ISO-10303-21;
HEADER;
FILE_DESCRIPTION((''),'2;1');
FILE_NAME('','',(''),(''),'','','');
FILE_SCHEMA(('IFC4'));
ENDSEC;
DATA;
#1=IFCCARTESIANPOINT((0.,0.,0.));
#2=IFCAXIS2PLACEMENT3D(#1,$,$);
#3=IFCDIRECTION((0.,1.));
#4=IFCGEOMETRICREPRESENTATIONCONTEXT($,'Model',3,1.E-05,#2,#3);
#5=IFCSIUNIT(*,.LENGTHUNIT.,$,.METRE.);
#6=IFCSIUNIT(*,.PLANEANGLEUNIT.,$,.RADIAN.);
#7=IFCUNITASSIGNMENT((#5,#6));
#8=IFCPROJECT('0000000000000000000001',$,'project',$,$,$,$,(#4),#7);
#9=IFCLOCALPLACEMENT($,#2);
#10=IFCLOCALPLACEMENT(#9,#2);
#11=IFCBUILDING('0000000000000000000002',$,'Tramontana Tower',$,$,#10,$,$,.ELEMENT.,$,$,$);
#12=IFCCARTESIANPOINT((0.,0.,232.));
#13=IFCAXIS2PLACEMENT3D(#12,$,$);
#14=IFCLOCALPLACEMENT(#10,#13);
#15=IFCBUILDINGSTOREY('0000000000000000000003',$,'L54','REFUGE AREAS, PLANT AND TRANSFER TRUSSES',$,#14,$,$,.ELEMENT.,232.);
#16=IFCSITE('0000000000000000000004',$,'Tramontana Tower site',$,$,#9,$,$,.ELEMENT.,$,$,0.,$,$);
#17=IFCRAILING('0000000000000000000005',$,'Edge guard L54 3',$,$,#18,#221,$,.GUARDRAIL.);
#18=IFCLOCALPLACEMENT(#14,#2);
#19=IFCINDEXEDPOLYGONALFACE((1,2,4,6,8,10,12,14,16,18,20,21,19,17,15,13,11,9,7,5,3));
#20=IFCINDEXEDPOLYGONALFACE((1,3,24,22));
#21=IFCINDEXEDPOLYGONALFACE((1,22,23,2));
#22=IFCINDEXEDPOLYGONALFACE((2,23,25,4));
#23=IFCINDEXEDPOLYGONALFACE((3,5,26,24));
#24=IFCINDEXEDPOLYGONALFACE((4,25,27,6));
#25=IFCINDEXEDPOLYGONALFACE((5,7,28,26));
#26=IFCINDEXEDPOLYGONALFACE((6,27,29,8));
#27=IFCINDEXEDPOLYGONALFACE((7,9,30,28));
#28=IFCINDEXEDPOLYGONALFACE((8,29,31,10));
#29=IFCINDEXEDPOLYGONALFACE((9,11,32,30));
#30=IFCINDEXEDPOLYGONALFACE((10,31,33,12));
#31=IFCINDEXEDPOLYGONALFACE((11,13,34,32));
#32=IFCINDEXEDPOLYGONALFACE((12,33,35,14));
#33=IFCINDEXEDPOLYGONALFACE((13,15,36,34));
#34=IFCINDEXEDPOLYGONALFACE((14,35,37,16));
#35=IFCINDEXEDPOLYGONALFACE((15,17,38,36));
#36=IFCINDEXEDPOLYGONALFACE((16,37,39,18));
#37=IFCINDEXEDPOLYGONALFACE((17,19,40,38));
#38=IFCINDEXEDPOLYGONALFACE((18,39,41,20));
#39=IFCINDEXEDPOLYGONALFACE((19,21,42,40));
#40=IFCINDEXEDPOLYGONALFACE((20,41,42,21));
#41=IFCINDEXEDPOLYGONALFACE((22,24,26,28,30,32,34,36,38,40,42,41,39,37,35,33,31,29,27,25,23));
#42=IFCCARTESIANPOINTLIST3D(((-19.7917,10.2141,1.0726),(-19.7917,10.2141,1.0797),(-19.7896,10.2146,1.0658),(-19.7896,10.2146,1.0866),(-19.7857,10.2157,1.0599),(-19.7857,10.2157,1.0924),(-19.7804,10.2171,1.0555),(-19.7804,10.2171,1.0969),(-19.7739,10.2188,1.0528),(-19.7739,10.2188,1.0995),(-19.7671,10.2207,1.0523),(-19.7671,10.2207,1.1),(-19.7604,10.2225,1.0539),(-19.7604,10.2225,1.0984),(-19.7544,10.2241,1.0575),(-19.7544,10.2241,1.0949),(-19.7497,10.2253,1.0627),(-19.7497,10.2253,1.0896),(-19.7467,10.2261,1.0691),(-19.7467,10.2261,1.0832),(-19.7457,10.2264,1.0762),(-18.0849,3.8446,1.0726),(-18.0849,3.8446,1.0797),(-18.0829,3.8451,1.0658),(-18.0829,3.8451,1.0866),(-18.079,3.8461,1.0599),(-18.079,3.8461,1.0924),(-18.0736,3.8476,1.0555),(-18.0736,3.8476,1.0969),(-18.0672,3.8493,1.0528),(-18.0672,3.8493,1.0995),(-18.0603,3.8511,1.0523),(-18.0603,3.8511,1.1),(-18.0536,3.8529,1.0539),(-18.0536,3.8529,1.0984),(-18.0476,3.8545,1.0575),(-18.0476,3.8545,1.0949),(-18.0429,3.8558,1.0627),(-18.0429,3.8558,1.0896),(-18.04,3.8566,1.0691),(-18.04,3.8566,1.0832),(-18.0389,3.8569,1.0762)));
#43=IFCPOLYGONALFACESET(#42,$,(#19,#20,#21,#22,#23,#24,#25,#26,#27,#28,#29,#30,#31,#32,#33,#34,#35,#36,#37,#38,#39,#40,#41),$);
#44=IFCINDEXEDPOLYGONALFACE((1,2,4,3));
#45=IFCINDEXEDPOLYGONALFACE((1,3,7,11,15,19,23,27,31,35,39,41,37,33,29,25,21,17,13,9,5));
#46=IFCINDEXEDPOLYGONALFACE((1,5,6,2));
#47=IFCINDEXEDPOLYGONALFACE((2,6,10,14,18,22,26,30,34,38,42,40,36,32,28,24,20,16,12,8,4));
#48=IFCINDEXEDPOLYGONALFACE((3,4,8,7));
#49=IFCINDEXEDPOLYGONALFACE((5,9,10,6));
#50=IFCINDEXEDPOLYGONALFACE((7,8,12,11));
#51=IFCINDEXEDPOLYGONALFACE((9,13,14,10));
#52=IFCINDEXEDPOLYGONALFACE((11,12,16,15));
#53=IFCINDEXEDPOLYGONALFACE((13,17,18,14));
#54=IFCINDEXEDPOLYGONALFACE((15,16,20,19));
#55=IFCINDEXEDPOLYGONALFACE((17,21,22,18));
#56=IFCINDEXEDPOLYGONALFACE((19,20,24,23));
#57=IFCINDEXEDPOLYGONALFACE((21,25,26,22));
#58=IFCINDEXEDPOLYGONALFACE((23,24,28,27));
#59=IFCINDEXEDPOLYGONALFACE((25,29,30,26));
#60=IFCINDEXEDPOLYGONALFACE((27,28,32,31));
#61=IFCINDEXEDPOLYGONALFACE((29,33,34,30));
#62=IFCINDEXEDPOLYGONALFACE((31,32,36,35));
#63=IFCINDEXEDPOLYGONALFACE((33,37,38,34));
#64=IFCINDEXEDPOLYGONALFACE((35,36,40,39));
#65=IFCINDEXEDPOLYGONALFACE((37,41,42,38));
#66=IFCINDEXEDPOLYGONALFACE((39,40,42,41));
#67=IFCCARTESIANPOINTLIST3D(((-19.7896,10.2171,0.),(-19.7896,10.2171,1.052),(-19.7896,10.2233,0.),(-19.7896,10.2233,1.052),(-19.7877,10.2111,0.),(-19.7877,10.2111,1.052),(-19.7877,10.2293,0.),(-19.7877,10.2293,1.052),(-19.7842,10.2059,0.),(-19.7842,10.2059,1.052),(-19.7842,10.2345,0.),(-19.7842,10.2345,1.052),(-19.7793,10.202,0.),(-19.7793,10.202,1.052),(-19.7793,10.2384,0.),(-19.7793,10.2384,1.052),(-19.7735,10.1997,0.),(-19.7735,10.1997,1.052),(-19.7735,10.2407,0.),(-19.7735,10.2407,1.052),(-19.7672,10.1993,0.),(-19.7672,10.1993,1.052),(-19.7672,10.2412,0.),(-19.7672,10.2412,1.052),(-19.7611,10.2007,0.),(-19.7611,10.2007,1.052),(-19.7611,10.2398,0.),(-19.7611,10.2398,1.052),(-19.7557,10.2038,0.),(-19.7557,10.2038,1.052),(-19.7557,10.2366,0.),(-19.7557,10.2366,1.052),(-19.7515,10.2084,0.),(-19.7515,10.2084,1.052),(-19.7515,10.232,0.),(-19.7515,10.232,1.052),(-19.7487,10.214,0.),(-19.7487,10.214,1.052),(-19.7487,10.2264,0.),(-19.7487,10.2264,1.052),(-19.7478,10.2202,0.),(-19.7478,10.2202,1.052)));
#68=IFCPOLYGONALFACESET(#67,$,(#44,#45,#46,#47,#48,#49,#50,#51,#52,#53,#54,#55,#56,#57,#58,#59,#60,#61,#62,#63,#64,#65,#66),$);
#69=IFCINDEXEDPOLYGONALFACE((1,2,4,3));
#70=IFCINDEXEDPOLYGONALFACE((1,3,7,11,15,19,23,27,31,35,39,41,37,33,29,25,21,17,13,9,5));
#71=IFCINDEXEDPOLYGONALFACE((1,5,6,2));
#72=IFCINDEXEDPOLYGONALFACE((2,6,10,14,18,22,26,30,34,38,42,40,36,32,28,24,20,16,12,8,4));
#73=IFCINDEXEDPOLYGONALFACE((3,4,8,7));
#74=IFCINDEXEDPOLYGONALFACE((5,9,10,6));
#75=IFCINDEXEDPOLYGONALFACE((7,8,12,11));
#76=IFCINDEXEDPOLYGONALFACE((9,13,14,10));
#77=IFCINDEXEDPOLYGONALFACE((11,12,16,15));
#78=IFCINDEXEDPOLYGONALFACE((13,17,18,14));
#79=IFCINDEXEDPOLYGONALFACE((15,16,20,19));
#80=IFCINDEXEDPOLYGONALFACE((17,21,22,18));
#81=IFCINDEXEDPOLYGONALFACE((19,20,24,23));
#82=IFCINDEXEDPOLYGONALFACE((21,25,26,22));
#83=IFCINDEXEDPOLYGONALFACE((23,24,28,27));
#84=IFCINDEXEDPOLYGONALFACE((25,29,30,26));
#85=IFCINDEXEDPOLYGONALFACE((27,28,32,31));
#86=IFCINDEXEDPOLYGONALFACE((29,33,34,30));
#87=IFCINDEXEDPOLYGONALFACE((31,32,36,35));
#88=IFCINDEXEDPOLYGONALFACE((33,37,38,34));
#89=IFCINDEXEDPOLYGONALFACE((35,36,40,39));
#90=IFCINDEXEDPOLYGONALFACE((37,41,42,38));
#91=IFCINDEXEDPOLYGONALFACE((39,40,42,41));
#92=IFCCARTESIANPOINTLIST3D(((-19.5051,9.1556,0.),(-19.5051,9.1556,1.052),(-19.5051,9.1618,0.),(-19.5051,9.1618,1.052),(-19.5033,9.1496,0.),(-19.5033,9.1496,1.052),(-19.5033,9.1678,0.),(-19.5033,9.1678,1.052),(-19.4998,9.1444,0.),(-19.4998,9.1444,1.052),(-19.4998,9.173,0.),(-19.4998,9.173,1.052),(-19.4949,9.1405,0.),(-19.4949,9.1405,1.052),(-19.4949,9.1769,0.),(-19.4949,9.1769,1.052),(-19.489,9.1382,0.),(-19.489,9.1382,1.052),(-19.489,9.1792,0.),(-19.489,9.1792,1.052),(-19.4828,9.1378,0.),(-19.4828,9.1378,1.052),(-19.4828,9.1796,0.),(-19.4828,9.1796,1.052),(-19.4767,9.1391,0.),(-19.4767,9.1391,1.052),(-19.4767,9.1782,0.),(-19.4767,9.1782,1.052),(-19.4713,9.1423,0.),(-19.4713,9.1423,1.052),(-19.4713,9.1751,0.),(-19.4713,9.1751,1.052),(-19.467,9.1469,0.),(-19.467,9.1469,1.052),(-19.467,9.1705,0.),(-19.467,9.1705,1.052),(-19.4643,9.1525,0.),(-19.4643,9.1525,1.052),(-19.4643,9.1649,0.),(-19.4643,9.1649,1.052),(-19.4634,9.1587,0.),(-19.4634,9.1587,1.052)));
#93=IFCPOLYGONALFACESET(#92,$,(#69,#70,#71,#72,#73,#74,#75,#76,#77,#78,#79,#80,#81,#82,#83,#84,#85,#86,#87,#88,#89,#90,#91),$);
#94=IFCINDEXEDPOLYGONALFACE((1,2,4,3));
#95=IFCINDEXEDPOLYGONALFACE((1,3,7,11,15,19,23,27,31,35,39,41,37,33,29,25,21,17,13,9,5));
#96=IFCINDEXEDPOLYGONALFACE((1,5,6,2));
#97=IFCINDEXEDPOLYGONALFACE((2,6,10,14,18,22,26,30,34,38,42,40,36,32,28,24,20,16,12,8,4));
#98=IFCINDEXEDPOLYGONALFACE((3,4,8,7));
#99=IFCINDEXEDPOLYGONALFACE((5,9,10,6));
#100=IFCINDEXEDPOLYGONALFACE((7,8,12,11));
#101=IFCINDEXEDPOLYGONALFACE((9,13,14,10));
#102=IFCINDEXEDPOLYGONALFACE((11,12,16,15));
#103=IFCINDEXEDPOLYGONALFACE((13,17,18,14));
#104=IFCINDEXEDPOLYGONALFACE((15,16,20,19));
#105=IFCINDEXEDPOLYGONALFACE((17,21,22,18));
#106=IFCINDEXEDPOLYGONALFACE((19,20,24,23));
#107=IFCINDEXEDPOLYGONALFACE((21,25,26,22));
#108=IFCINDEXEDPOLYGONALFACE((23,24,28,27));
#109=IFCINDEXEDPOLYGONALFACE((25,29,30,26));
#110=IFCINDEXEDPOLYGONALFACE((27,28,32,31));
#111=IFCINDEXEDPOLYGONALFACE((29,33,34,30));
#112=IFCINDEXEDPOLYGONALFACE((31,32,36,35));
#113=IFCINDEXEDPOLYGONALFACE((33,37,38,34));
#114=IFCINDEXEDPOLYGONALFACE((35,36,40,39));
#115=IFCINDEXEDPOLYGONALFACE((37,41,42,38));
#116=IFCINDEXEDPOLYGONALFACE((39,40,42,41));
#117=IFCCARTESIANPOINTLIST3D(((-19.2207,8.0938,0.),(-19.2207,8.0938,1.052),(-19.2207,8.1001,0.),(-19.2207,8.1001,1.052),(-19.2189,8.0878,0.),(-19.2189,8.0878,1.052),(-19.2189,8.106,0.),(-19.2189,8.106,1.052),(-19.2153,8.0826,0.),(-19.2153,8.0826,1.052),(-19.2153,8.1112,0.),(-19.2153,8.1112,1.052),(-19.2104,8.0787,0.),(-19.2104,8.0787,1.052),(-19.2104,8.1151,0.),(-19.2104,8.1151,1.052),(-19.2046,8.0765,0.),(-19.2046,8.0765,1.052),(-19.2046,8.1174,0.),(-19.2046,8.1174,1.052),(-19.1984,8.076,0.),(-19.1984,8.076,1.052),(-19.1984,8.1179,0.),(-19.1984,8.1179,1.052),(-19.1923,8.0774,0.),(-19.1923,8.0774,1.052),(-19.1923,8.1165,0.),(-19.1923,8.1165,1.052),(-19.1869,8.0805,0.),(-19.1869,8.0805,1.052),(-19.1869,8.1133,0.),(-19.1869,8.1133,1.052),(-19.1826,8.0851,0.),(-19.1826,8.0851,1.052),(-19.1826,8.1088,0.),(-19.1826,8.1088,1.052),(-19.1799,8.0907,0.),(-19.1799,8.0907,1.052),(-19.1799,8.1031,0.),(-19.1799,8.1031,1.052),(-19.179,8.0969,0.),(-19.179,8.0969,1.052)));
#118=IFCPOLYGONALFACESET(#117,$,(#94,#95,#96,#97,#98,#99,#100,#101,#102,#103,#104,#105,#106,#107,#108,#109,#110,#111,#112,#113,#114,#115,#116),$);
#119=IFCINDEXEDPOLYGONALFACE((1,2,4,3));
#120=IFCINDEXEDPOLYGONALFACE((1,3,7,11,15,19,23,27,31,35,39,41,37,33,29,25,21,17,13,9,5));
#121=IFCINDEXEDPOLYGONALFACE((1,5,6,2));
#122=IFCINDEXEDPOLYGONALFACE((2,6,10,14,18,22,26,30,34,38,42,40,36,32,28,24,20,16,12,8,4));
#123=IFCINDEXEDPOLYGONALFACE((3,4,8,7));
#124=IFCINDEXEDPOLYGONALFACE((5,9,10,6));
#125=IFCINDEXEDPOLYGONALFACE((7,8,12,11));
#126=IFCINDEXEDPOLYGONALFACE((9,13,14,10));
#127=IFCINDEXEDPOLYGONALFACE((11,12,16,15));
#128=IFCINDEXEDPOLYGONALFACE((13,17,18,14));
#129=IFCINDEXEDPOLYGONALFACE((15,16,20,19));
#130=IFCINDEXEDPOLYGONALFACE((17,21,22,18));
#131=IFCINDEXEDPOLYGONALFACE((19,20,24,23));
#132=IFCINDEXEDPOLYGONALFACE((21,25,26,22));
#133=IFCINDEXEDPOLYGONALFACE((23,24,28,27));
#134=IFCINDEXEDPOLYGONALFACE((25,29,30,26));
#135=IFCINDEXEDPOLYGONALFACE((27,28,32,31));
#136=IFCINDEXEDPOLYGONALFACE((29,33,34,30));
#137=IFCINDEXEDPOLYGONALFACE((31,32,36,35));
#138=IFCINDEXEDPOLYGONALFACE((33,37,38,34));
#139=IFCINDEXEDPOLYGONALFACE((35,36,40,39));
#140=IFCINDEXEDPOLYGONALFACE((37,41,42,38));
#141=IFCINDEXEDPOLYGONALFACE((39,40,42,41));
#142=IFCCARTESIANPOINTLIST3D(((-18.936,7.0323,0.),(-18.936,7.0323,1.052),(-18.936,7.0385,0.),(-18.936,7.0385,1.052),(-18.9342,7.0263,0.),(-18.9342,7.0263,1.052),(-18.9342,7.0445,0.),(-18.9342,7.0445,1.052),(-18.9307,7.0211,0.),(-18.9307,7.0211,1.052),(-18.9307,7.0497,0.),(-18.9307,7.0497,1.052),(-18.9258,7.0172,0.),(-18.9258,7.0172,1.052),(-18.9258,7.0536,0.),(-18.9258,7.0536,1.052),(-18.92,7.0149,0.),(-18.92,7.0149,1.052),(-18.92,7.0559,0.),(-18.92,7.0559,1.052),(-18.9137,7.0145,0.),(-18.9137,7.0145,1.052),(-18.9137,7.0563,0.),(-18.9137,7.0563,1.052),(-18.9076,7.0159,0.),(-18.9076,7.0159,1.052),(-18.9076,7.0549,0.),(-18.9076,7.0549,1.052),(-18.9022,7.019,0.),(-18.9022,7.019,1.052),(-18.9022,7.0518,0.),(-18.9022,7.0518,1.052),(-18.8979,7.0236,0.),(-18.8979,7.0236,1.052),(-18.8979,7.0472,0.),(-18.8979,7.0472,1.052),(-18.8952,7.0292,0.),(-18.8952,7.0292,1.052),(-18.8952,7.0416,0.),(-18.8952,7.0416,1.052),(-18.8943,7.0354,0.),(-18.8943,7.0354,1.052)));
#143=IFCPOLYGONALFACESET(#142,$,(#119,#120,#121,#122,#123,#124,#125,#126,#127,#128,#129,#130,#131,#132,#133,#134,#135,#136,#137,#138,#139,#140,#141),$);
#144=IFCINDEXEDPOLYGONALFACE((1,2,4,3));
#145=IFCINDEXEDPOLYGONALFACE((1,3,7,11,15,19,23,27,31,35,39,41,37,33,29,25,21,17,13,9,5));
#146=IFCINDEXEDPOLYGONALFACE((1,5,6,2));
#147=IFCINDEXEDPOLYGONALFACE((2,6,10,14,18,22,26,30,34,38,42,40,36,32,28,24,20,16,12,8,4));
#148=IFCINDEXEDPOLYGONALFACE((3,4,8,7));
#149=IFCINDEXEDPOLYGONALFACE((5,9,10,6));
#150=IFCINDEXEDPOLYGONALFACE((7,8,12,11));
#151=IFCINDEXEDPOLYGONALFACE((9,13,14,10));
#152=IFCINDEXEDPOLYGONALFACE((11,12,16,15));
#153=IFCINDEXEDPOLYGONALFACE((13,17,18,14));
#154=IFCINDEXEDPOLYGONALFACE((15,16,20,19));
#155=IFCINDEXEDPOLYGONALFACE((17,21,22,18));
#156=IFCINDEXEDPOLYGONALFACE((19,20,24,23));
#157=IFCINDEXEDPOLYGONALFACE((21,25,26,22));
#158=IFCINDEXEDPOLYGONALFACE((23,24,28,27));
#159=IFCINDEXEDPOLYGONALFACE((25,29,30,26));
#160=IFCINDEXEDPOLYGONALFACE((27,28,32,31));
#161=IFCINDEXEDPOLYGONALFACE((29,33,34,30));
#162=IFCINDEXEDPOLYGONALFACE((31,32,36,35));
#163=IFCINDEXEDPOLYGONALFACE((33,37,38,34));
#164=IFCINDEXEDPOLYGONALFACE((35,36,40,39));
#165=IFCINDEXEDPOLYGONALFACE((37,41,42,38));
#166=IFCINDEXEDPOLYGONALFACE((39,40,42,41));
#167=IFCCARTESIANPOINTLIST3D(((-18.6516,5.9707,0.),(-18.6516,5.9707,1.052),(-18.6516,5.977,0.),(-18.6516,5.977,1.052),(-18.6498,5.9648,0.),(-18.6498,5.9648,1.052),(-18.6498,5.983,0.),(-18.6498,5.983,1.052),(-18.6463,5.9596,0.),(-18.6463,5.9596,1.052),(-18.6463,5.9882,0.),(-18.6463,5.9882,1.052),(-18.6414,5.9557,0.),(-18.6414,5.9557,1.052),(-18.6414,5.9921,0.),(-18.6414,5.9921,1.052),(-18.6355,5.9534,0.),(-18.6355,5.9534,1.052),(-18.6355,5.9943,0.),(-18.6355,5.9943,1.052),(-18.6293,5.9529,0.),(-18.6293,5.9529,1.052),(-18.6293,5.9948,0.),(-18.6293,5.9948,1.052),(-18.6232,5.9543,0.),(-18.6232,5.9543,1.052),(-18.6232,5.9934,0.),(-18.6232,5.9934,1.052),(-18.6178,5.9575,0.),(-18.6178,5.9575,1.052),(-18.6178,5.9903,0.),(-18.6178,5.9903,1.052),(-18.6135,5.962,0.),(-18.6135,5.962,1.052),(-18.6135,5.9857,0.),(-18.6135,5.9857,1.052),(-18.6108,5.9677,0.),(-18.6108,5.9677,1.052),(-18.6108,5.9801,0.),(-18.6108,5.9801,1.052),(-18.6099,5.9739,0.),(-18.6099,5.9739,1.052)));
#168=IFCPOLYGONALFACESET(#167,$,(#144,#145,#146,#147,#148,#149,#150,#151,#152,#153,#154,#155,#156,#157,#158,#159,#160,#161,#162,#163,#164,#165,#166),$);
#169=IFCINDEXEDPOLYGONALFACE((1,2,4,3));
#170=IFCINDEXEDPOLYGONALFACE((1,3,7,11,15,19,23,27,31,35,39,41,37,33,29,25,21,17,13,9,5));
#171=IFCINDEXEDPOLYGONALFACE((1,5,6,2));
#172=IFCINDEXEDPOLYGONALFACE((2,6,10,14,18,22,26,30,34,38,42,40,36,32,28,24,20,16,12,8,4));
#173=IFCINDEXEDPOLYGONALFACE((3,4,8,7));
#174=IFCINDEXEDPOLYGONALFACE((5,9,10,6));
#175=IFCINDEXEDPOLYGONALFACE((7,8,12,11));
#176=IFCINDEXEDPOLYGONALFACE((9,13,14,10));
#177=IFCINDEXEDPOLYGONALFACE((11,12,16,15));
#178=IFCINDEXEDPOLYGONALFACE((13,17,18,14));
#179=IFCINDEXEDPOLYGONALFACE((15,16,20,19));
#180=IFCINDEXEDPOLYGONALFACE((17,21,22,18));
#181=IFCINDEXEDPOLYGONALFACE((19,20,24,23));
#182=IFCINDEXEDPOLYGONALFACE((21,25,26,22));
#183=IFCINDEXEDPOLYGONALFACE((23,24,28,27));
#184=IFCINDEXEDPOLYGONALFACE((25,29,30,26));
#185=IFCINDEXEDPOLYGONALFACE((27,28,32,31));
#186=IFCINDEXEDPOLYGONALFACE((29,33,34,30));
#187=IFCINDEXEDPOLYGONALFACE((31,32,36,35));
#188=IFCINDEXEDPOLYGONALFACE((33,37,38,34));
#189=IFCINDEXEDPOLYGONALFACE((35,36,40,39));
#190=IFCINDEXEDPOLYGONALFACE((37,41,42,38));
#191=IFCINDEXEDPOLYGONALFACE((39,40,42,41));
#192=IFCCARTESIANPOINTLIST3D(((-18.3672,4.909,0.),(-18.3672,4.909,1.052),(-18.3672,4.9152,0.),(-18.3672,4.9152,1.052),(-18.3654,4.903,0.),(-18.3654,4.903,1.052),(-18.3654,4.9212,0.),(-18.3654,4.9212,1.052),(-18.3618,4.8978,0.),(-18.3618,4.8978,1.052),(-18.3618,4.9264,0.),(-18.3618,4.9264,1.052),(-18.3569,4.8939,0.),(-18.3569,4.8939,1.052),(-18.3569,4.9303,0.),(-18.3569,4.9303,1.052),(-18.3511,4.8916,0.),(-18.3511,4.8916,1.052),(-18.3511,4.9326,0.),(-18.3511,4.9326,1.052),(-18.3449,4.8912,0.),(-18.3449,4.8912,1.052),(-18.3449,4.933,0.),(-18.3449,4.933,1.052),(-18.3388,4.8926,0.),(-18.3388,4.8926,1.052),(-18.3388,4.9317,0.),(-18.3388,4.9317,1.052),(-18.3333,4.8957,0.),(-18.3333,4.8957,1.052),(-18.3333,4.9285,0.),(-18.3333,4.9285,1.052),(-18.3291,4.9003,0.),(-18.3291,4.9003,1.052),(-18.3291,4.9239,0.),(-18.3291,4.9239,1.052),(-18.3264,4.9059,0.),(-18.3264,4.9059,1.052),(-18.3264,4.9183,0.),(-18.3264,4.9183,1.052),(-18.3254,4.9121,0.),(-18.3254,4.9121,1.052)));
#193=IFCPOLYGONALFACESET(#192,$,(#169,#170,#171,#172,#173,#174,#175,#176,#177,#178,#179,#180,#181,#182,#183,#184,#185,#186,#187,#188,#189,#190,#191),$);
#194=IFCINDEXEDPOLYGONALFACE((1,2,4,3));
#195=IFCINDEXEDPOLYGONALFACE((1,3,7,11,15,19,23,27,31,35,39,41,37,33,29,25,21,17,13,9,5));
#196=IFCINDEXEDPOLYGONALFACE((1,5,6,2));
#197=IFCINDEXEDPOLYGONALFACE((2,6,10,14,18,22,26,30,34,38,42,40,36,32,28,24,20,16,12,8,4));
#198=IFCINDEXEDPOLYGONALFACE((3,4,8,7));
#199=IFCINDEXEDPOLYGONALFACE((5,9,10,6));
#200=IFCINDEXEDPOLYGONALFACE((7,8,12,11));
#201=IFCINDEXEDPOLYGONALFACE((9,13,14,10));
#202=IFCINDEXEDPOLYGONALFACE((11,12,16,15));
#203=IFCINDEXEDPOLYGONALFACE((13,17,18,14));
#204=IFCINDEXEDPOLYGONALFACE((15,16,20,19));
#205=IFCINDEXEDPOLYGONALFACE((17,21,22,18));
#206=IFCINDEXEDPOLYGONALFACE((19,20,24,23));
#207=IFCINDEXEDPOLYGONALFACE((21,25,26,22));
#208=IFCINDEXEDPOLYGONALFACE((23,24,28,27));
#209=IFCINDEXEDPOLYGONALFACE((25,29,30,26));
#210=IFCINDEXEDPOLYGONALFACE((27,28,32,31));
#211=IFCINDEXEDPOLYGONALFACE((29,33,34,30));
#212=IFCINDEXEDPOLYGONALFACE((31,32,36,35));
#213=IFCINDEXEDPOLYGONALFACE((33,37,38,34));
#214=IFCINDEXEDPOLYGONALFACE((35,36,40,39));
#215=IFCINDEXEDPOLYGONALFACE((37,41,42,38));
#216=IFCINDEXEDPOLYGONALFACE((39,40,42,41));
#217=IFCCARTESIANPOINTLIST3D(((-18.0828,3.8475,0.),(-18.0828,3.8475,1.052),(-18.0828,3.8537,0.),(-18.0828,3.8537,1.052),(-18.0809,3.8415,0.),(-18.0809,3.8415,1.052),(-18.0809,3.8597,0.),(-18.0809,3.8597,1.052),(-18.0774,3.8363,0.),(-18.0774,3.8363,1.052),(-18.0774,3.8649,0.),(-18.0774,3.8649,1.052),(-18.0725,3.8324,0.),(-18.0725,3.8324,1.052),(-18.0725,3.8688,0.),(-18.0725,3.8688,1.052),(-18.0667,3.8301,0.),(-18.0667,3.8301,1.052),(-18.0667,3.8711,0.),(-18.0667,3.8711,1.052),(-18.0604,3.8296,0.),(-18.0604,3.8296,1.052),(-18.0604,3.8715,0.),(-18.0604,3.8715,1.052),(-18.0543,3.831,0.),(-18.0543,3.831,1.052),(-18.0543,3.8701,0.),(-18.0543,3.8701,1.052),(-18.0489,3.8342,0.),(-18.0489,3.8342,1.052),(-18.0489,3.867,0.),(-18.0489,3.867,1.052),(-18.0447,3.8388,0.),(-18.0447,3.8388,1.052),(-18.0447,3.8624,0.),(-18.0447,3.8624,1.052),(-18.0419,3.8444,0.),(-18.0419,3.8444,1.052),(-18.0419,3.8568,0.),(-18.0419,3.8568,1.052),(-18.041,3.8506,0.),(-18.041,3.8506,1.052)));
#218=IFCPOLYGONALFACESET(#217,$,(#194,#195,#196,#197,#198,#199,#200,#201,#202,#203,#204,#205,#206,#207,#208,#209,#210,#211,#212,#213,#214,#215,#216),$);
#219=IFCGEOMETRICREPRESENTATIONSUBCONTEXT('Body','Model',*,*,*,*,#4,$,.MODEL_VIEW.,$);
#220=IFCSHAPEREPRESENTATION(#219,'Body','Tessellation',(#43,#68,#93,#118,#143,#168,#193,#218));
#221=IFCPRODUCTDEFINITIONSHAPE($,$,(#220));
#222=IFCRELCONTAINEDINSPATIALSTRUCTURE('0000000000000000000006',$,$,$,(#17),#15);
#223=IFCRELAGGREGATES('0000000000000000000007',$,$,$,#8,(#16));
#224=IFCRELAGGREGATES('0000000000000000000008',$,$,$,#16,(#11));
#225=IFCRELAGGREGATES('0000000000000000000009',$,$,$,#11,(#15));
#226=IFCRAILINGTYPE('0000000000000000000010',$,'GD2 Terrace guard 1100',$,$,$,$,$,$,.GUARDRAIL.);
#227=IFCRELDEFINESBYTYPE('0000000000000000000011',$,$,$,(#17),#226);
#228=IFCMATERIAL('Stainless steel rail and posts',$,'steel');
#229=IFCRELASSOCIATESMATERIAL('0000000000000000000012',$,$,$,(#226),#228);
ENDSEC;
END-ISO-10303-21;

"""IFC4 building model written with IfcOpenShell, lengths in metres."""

from ifc_helpers import new_model, si_unit, direction, frame, origin, origin_2d, place, context, subcontext, project, spatial, circle, extrude, material, type_object, element, save


model = new_model("IFC4")

# Units and contexts
model_context = context("Model", 3, precision=1e-05, world=origin(), true_north=direction((0.0, 1.0)))
body_context = subcontext(model_context, "Body", "Model", "MODEL_VIEW")
ifc_project = project(units=[si_unit("LENGTHUNIT", "METRE"), si_unit("PLANEANGLEUNIT", "RADIAN")], contexts=[model_context])

# Site, building, storey
site_placement = place(None, origin())
site = spatial("IfcSite", under=ifc_project, at=site_placement, Name="Tramontana Tower site", CompositionType="ELEMENT", RefElevation=0.0)
building_placement = place(site_placement, origin())
building = spatial("IfcBuilding", under=site, at=building_placement, Name="Tramontana Tower", CompositionType="ELEMENT")
storey_placement = place(building_placement, frame((0.0, 0.0, 232.0)))
storey = spatial("IfcBuildingStorey", under=building, at=storey_placement, Name="L54", Description="REFUGE AREAS, PLANT AND TRANSFER TRUSSES", CompositionType="ELEMENT", Elevation=232.0)

# Railing
ifc_material_1 = material(Name="Stainless steel rail and posts", Category="steel")
railing_type = type_object("IfcRailingType", Name="GD2 Terrace guard 1100", PredefinedType="GUARDRAIL", material=ifc_material_1)
railing_placement = place(storey_placement, frame((-19.7688, 10.2202, 0.0)))
element("IfcRailing", 1, at=railing_placement, inside=storey, type_object=railing_type, Name="Edge guard L54 3", PredefinedType="GUARDRAIL", context=body_context, shape_type="SweptSolid", body=[
    extrude(circle(Radius=0.0239, at=origin_2d()), frame((0.0, 0.0, 1.0762), z_axis=(0.258826, -0.965924, 0.0), x_axis=(0.965924, 0.258826, 0.0)), (0.0, 0.0, 1.0), 6.5942),
    extrude(circle(Radius=0.021, at=origin_2d()), origin(), (0.0, 0.0, 1.0), 1.052),
    extrude(circle(Radius=0.021, at=origin_2d()), frame((0.2844, -1.0615, 0.0)), (0.0, 0.0, 1.0), 1.052),
    extrude(circle(Radius=0.021, at=origin_2d()), frame((0.5688, -2.1233, 0.0)), (0.0, 0.0, 1.0), 1.052),
    extrude(circle(Radius=0.021, at=origin_2d()), frame((0.8535, -3.1848, 0.0)), (0.0, 0.0, 1.0), 1.052),
    extrude(circle(Radius=0.021, at=origin_2d()), frame((1.1379, -4.2463, 0.0)), (0.0, 0.0, 1.0), 1.052),
    extrude(circle(Radius=0.021, at=origin_2d()), frame((1.4224, -5.3081, 0.0)), (0.0, 0.0, 1.0), 1.052),
    extrude(circle(Radius=0.021, at=origin_2d()), frame((1.7068, -6.3696, 0.0)), (0.0, 0.0, 1.0), 1.052),
])

save(model, "model.ifc")
